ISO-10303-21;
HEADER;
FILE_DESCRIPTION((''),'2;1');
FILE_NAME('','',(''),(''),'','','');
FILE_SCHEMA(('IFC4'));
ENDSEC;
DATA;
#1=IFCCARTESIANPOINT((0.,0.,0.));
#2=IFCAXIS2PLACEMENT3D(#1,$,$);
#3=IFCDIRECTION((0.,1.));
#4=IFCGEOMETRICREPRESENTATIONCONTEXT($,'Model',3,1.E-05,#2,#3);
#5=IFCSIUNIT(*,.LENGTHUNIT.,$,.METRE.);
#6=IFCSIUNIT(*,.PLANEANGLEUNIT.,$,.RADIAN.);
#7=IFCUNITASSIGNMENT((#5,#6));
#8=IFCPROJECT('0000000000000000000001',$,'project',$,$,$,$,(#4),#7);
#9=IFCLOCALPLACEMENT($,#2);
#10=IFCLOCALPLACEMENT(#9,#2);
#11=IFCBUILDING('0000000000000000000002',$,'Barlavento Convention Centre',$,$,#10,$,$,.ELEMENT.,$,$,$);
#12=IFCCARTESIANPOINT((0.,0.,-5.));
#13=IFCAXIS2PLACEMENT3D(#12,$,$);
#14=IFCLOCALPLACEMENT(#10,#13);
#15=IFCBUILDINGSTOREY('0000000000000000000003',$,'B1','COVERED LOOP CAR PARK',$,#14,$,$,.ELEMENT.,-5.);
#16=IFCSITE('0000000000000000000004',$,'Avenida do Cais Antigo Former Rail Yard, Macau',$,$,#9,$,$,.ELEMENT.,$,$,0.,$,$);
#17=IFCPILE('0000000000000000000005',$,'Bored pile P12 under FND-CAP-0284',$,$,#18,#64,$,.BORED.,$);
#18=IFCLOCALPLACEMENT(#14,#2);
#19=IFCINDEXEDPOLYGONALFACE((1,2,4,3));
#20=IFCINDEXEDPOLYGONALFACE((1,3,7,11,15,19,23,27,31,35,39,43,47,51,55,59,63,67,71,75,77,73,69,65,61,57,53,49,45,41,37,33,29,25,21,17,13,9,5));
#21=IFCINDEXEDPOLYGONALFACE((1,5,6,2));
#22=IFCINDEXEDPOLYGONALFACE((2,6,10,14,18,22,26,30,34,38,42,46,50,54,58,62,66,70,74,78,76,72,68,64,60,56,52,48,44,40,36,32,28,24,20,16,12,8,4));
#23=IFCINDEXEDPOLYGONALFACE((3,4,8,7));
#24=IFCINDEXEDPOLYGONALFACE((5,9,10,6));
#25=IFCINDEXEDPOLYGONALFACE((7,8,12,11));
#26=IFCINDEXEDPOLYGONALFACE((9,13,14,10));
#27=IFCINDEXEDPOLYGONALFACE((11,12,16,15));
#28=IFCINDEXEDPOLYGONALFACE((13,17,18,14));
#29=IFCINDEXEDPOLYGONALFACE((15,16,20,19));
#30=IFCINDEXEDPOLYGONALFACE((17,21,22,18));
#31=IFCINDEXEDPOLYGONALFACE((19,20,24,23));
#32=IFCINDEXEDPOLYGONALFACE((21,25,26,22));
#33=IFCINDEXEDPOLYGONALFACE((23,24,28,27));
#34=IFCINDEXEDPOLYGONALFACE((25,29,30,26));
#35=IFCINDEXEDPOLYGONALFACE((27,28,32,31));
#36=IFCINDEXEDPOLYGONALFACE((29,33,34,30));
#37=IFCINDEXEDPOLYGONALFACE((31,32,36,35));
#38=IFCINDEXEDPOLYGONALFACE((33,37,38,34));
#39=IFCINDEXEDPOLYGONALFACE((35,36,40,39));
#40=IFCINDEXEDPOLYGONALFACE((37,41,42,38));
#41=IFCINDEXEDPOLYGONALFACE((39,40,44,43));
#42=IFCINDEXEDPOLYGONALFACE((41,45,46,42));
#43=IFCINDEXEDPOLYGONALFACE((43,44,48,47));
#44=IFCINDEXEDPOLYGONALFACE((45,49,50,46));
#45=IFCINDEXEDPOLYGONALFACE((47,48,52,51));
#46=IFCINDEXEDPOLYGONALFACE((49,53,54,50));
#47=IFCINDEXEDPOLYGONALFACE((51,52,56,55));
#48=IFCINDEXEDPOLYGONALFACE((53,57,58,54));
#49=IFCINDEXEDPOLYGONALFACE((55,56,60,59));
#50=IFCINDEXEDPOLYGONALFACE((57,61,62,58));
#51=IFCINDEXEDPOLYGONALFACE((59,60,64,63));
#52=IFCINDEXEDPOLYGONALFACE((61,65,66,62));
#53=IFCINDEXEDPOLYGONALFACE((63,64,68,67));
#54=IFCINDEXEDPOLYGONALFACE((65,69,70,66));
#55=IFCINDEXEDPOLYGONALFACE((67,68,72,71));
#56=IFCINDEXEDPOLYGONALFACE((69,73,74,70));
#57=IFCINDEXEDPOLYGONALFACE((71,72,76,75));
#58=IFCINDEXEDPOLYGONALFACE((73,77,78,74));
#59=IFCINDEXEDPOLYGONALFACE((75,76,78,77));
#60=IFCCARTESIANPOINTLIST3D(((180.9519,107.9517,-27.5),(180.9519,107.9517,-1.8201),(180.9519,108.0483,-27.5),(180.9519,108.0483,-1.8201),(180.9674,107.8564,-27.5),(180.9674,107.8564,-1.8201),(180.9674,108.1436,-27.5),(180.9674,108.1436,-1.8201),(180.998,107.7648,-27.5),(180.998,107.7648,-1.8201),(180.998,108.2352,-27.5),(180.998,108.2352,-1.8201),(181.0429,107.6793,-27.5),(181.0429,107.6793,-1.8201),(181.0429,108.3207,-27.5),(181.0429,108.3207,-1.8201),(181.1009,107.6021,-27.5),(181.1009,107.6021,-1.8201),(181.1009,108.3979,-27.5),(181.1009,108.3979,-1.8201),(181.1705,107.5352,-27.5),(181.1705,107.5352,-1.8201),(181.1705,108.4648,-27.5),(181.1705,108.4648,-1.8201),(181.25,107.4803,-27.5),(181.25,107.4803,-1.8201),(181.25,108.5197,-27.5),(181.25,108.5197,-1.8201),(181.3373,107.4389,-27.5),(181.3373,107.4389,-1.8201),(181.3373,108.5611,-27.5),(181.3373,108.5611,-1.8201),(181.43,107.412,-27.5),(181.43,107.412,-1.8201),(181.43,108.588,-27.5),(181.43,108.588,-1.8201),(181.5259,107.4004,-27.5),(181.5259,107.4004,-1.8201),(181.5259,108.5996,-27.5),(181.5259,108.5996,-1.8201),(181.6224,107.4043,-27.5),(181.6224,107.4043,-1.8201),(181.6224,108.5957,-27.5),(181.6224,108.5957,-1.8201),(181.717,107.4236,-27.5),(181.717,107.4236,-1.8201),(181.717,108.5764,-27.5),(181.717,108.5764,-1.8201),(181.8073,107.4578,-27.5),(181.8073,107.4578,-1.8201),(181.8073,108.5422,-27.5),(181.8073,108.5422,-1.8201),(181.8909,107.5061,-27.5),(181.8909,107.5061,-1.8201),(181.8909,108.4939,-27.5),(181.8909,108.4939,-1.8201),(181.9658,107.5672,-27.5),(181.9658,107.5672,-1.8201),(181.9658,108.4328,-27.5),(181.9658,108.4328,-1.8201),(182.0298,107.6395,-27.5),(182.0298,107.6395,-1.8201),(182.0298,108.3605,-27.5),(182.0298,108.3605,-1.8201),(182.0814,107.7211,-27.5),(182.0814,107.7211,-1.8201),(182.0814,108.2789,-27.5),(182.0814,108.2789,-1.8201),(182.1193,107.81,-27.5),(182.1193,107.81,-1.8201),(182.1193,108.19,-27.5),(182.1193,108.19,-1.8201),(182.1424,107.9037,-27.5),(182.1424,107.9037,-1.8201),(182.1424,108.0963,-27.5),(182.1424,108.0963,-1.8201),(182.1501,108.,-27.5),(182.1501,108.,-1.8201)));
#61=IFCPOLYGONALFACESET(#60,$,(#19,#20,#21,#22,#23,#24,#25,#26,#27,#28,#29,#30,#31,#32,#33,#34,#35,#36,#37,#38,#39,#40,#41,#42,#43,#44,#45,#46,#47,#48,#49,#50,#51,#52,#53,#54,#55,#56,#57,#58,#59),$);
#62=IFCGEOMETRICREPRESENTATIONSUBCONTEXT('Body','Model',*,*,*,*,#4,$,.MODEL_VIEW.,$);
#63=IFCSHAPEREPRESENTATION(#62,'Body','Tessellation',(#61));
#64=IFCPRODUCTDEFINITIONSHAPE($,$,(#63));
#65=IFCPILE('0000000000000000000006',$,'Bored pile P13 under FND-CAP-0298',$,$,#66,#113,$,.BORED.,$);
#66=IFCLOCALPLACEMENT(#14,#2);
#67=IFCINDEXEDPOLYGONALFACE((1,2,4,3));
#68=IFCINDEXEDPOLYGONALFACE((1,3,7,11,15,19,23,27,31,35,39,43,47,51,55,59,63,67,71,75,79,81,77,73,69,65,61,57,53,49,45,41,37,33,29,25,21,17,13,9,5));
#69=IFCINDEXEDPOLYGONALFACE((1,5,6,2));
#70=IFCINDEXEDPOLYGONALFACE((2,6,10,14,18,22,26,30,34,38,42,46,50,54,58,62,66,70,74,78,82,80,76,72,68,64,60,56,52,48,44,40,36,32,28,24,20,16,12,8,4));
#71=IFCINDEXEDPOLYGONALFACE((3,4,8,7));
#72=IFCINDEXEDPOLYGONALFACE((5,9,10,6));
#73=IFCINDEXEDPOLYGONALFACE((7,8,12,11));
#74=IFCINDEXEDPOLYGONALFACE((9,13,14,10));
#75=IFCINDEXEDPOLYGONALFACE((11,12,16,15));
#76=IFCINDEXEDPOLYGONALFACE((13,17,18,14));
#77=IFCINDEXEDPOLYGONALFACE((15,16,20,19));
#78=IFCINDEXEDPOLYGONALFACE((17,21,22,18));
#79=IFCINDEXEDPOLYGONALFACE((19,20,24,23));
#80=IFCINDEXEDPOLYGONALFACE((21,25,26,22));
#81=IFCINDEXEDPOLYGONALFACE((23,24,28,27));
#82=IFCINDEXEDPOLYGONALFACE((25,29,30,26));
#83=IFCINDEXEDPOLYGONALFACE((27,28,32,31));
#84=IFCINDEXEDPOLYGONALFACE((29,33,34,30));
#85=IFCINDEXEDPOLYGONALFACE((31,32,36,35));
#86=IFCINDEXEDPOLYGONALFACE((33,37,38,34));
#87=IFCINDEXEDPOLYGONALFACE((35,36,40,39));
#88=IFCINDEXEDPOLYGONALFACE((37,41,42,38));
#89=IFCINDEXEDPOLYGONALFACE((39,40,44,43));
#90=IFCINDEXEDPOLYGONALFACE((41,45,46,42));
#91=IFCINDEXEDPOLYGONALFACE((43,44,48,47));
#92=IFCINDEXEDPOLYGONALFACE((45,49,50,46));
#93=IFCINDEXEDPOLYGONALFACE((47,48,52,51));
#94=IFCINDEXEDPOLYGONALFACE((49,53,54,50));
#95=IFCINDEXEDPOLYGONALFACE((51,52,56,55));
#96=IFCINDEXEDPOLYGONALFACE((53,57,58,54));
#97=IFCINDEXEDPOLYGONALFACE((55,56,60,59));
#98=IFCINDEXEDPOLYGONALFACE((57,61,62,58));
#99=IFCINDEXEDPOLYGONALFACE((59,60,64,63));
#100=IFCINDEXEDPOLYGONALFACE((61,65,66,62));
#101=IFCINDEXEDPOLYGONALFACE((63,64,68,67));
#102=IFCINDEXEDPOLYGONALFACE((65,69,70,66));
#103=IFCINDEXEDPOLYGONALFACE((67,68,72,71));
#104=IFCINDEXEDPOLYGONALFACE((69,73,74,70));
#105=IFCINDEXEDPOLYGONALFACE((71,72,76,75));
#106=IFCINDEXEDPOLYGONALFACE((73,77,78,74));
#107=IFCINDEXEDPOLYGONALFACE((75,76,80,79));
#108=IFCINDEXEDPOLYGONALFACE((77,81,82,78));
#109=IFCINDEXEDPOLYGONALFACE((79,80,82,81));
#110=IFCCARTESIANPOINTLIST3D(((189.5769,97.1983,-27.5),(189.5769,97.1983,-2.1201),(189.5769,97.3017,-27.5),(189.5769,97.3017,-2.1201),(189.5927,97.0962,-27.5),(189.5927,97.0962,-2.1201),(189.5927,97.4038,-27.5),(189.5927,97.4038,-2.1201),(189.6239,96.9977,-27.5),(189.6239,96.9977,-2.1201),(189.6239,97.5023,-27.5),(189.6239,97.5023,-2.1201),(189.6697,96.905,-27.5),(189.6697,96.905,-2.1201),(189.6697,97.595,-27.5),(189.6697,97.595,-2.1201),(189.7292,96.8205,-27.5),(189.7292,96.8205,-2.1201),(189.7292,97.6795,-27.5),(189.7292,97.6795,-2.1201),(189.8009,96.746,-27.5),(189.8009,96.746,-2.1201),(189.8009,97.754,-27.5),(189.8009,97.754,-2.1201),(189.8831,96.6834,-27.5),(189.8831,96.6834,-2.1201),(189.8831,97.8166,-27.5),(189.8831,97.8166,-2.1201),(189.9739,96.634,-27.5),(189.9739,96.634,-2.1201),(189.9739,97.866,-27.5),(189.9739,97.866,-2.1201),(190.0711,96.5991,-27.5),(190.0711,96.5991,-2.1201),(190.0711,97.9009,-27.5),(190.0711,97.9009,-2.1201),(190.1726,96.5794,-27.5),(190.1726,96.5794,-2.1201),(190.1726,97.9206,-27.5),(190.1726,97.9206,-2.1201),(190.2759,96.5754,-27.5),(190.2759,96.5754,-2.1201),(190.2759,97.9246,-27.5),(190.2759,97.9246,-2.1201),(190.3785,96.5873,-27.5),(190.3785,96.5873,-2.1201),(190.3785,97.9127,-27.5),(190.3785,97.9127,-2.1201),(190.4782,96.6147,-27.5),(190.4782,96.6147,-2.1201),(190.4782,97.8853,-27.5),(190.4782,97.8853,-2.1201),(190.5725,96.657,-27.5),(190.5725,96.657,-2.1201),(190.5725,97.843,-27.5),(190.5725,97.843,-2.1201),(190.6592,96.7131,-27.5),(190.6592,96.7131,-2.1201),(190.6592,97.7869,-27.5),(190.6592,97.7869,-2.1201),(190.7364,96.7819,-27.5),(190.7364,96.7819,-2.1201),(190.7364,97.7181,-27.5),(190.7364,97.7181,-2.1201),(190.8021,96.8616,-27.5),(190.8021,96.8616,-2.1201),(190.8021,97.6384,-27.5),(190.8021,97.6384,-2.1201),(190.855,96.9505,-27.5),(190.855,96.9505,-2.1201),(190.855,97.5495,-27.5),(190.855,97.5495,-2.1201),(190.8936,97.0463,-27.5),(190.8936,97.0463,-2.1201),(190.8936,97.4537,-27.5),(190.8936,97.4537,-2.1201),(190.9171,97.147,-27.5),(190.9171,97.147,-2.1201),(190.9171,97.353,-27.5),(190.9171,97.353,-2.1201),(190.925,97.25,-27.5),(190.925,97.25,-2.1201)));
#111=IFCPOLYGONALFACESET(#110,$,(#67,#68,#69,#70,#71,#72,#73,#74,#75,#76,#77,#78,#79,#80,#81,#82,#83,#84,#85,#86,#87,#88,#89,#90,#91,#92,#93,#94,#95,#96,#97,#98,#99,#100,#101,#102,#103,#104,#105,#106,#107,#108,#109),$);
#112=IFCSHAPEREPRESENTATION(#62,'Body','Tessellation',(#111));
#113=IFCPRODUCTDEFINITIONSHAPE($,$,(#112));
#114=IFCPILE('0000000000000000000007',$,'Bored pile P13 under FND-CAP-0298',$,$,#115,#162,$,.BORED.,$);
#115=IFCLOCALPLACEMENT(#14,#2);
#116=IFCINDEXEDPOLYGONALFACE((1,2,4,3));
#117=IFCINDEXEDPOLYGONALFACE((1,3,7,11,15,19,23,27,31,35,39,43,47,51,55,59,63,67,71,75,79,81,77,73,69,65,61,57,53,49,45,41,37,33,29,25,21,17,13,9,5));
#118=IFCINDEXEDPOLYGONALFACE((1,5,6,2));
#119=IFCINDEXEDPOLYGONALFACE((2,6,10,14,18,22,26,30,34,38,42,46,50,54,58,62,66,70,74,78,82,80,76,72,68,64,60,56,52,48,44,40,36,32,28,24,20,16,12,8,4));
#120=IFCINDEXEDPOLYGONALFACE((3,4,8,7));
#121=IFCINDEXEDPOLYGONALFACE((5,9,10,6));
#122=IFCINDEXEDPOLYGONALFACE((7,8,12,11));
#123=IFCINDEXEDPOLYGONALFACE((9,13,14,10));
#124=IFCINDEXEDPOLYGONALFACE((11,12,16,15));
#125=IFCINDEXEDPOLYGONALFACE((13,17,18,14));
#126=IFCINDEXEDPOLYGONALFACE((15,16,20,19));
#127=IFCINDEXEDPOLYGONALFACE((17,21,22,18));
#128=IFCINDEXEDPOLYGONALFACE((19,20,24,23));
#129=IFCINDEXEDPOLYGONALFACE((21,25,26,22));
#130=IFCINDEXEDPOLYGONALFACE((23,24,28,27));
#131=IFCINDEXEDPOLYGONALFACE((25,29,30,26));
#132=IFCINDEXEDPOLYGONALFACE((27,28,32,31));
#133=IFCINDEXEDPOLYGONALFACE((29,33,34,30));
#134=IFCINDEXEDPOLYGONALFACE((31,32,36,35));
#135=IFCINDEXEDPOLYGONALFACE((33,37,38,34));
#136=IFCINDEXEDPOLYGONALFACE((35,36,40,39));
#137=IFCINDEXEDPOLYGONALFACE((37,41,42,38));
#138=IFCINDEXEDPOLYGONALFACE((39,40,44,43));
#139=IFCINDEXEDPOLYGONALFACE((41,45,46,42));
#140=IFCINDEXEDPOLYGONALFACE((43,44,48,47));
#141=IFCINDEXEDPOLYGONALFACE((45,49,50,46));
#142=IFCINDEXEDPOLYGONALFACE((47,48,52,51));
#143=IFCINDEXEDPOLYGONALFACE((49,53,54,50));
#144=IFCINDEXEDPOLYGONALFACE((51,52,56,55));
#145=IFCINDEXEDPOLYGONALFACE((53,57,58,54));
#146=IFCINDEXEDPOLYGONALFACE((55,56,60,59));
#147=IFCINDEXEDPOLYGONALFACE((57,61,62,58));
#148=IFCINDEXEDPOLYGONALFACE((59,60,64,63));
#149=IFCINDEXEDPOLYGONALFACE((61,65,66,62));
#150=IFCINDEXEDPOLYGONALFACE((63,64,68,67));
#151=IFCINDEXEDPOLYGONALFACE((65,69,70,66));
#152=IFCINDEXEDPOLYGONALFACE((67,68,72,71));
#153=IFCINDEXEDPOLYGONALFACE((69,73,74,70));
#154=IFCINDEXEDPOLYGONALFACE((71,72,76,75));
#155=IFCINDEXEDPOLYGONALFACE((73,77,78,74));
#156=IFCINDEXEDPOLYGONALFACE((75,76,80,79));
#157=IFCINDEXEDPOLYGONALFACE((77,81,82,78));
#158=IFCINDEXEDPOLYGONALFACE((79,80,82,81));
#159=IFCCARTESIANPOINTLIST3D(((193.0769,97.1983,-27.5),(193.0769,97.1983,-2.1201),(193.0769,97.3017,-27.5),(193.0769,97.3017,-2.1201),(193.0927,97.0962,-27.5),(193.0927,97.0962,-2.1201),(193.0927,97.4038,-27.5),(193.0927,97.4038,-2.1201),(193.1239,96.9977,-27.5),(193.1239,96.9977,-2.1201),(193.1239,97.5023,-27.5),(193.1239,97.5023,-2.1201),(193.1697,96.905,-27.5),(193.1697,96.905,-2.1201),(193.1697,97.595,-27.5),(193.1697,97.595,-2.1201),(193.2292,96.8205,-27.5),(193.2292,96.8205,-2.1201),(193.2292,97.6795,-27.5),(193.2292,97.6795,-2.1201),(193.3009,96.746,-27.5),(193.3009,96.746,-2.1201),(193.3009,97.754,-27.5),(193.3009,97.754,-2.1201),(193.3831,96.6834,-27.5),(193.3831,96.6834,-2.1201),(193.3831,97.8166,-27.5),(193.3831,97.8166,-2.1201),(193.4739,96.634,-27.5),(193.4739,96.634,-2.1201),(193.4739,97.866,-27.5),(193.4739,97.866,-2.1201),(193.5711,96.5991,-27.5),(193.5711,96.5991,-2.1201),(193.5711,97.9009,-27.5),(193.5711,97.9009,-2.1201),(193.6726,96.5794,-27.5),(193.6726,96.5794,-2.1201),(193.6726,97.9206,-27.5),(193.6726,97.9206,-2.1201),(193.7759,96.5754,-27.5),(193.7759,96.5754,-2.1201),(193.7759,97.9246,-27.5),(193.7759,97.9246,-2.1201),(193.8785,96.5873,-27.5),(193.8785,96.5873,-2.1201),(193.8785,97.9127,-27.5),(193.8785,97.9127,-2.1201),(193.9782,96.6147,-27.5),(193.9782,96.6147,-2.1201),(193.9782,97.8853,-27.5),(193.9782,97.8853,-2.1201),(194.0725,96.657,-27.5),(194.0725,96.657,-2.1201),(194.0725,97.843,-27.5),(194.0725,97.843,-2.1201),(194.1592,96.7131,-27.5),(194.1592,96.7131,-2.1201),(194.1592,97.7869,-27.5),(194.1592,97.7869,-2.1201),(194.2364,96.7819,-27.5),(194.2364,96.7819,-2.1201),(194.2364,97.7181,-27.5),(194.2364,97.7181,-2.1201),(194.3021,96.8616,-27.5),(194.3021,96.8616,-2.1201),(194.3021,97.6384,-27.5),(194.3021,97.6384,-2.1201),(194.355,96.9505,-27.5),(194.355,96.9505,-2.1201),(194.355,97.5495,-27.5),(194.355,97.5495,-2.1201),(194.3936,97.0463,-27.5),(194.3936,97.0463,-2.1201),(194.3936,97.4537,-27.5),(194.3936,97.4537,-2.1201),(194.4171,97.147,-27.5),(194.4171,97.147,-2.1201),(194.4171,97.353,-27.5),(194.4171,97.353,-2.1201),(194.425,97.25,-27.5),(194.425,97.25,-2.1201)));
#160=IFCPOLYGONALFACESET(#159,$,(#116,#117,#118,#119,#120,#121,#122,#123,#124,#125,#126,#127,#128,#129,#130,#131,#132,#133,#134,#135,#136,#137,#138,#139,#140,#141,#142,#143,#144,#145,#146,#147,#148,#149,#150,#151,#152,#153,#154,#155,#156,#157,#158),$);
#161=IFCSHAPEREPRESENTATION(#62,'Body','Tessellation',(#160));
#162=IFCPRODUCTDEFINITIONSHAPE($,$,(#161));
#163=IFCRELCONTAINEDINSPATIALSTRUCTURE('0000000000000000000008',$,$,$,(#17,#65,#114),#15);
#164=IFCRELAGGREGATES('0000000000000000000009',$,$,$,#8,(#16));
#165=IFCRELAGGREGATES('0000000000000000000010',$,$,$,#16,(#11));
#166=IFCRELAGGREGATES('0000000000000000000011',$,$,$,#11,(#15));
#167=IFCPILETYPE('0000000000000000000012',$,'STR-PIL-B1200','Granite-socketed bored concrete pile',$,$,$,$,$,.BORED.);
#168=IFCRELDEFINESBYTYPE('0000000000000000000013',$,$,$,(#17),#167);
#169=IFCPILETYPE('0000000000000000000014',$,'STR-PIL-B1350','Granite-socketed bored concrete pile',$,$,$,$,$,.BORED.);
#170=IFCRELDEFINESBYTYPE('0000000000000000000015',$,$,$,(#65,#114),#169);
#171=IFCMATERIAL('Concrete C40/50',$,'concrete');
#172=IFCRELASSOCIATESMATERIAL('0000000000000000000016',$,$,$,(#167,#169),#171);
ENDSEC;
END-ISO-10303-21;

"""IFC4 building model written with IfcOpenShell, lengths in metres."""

from ifc_helpers import new_model, si_unit, direction, frame, origin, origin_2d, place, context, subcontext, project, spatial, circle, extrude, material, material_profile, profile_set, type_object, element, save


model = new_model("IFC4")

# Units and contexts
model_context = context("Model", 3, precision=1e-05, world=origin(), true_north=direction((0.0, 1.0)))
body_context = subcontext(model_context, "Body", "Model", "MODEL_VIEW")
ifc_project = project(units=[si_unit("LENGTHUNIT", "METRE"), si_unit("PLANEANGLEUNIT", "RADIAN")], contexts=[model_context])

# Site, building, storey
site_placement = place(None, origin())
site = spatial("IfcSite", under=ifc_project, at=site_placement, Name="Avenida do Cais Antigo Former Rail Yard, Macau", CompositionType="ELEMENT", RefElevation=0.0)
building_placement = place(site_placement, origin())
building = spatial("IfcBuilding", under=site, at=building_placement, Name="Barlavento Convention Centre", CompositionType="ELEMENT")
storey_placement = place(building_placement, frame((0.0, 0.0, -5.0)))
storey = spatial("IfcBuildingStorey", under=building, at=storey_placement, Name="B1", Description="COVERED LOOP CAR PARK", CompositionType="ELEMENT", Elevation=-5.0)

# Shared definitions
ifc_material_1 = material(Name="Concrete C40/50", Category="concrete")

# Piles
ifc_material_profile_1 = material_profile(ifc_material_1, circle(Radius=0.6001, at=origin_2d()), Name="BORED PILE 1200")
ifc_profile_set_1 = profile_set([ifc_material_profile_1], Name="Concrete C40/50")
pile_type_1 = type_object("IfcPileType", Name="STR-PIL-B1200", Description="Granite-socketed bored concrete pile", PredefinedType="BORED", material=ifc_profile_set_1)
for number, where, z_axis, x_axis, name in (
    (1, (181.55, 108.0, -1.8201), (0.0, 0.0, -1.0), (1.0, 0.0, 0.0), "Bored pile P12 under FND-CAP-0284"),
):
    element("IfcPile", number, at=place(storey_placement, frame(where, z_axis=z_axis, x_axis=x_axis)), inside=storey, type_object=pile_type_1, Name=name, PredefinedType="BORED", context=body_context, shape_type="SweptSolid", body=[
        extrude(circle(Radius=0.6001, at=origin_2d()), origin(), (0.0, 0.0, 1.0), 25.6799),
    ])
ifc_material_profile_2 = material_profile(ifc_material_1, circle(Radius=0.675, at=origin_2d()), Name="BORED PILE 1350")
ifc_profile_set_2 = profile_set([ifc_material_profile_2], Name="Concrete C40/50")
pile_type_2 = type_object("IfcPileType", Name="STR-PIL-B1350", Description="Granite-socketed bored concrete pile", PredefinedType="BORED", material=ifc_profile_set_2)
for number, where, z_axis, x_axis, name in (
    (2, (190.25, 97.25, -2.1201), (0.0, 0.0, -1.0), (1.0, 0.0, 0.0), "Bored pile P13 under FND-CAP-0298"),
    (3, (193.75, 97.25, -2.1201), (0.0, 0.0, -1.0), (1.0, 0.0, 0.0), "Bored pile P13 under FND-CAP-0298"),
):
    element("IfcPile", number, at=place(storey_placement, frame(where, z_axis=z_axis, x_axis=x_axis)), inside=storey, type_object=pile_type_2, Name=name, PredefinedType="BORED", context=body_context, shape_type="SweptSolid", body=[
        extrude(circle(Radius=0.675, at=origin_2d()), origin(), (0.0, 0.0, 1.0), 25.3799),
    ])

save(model, "model.ifc")
